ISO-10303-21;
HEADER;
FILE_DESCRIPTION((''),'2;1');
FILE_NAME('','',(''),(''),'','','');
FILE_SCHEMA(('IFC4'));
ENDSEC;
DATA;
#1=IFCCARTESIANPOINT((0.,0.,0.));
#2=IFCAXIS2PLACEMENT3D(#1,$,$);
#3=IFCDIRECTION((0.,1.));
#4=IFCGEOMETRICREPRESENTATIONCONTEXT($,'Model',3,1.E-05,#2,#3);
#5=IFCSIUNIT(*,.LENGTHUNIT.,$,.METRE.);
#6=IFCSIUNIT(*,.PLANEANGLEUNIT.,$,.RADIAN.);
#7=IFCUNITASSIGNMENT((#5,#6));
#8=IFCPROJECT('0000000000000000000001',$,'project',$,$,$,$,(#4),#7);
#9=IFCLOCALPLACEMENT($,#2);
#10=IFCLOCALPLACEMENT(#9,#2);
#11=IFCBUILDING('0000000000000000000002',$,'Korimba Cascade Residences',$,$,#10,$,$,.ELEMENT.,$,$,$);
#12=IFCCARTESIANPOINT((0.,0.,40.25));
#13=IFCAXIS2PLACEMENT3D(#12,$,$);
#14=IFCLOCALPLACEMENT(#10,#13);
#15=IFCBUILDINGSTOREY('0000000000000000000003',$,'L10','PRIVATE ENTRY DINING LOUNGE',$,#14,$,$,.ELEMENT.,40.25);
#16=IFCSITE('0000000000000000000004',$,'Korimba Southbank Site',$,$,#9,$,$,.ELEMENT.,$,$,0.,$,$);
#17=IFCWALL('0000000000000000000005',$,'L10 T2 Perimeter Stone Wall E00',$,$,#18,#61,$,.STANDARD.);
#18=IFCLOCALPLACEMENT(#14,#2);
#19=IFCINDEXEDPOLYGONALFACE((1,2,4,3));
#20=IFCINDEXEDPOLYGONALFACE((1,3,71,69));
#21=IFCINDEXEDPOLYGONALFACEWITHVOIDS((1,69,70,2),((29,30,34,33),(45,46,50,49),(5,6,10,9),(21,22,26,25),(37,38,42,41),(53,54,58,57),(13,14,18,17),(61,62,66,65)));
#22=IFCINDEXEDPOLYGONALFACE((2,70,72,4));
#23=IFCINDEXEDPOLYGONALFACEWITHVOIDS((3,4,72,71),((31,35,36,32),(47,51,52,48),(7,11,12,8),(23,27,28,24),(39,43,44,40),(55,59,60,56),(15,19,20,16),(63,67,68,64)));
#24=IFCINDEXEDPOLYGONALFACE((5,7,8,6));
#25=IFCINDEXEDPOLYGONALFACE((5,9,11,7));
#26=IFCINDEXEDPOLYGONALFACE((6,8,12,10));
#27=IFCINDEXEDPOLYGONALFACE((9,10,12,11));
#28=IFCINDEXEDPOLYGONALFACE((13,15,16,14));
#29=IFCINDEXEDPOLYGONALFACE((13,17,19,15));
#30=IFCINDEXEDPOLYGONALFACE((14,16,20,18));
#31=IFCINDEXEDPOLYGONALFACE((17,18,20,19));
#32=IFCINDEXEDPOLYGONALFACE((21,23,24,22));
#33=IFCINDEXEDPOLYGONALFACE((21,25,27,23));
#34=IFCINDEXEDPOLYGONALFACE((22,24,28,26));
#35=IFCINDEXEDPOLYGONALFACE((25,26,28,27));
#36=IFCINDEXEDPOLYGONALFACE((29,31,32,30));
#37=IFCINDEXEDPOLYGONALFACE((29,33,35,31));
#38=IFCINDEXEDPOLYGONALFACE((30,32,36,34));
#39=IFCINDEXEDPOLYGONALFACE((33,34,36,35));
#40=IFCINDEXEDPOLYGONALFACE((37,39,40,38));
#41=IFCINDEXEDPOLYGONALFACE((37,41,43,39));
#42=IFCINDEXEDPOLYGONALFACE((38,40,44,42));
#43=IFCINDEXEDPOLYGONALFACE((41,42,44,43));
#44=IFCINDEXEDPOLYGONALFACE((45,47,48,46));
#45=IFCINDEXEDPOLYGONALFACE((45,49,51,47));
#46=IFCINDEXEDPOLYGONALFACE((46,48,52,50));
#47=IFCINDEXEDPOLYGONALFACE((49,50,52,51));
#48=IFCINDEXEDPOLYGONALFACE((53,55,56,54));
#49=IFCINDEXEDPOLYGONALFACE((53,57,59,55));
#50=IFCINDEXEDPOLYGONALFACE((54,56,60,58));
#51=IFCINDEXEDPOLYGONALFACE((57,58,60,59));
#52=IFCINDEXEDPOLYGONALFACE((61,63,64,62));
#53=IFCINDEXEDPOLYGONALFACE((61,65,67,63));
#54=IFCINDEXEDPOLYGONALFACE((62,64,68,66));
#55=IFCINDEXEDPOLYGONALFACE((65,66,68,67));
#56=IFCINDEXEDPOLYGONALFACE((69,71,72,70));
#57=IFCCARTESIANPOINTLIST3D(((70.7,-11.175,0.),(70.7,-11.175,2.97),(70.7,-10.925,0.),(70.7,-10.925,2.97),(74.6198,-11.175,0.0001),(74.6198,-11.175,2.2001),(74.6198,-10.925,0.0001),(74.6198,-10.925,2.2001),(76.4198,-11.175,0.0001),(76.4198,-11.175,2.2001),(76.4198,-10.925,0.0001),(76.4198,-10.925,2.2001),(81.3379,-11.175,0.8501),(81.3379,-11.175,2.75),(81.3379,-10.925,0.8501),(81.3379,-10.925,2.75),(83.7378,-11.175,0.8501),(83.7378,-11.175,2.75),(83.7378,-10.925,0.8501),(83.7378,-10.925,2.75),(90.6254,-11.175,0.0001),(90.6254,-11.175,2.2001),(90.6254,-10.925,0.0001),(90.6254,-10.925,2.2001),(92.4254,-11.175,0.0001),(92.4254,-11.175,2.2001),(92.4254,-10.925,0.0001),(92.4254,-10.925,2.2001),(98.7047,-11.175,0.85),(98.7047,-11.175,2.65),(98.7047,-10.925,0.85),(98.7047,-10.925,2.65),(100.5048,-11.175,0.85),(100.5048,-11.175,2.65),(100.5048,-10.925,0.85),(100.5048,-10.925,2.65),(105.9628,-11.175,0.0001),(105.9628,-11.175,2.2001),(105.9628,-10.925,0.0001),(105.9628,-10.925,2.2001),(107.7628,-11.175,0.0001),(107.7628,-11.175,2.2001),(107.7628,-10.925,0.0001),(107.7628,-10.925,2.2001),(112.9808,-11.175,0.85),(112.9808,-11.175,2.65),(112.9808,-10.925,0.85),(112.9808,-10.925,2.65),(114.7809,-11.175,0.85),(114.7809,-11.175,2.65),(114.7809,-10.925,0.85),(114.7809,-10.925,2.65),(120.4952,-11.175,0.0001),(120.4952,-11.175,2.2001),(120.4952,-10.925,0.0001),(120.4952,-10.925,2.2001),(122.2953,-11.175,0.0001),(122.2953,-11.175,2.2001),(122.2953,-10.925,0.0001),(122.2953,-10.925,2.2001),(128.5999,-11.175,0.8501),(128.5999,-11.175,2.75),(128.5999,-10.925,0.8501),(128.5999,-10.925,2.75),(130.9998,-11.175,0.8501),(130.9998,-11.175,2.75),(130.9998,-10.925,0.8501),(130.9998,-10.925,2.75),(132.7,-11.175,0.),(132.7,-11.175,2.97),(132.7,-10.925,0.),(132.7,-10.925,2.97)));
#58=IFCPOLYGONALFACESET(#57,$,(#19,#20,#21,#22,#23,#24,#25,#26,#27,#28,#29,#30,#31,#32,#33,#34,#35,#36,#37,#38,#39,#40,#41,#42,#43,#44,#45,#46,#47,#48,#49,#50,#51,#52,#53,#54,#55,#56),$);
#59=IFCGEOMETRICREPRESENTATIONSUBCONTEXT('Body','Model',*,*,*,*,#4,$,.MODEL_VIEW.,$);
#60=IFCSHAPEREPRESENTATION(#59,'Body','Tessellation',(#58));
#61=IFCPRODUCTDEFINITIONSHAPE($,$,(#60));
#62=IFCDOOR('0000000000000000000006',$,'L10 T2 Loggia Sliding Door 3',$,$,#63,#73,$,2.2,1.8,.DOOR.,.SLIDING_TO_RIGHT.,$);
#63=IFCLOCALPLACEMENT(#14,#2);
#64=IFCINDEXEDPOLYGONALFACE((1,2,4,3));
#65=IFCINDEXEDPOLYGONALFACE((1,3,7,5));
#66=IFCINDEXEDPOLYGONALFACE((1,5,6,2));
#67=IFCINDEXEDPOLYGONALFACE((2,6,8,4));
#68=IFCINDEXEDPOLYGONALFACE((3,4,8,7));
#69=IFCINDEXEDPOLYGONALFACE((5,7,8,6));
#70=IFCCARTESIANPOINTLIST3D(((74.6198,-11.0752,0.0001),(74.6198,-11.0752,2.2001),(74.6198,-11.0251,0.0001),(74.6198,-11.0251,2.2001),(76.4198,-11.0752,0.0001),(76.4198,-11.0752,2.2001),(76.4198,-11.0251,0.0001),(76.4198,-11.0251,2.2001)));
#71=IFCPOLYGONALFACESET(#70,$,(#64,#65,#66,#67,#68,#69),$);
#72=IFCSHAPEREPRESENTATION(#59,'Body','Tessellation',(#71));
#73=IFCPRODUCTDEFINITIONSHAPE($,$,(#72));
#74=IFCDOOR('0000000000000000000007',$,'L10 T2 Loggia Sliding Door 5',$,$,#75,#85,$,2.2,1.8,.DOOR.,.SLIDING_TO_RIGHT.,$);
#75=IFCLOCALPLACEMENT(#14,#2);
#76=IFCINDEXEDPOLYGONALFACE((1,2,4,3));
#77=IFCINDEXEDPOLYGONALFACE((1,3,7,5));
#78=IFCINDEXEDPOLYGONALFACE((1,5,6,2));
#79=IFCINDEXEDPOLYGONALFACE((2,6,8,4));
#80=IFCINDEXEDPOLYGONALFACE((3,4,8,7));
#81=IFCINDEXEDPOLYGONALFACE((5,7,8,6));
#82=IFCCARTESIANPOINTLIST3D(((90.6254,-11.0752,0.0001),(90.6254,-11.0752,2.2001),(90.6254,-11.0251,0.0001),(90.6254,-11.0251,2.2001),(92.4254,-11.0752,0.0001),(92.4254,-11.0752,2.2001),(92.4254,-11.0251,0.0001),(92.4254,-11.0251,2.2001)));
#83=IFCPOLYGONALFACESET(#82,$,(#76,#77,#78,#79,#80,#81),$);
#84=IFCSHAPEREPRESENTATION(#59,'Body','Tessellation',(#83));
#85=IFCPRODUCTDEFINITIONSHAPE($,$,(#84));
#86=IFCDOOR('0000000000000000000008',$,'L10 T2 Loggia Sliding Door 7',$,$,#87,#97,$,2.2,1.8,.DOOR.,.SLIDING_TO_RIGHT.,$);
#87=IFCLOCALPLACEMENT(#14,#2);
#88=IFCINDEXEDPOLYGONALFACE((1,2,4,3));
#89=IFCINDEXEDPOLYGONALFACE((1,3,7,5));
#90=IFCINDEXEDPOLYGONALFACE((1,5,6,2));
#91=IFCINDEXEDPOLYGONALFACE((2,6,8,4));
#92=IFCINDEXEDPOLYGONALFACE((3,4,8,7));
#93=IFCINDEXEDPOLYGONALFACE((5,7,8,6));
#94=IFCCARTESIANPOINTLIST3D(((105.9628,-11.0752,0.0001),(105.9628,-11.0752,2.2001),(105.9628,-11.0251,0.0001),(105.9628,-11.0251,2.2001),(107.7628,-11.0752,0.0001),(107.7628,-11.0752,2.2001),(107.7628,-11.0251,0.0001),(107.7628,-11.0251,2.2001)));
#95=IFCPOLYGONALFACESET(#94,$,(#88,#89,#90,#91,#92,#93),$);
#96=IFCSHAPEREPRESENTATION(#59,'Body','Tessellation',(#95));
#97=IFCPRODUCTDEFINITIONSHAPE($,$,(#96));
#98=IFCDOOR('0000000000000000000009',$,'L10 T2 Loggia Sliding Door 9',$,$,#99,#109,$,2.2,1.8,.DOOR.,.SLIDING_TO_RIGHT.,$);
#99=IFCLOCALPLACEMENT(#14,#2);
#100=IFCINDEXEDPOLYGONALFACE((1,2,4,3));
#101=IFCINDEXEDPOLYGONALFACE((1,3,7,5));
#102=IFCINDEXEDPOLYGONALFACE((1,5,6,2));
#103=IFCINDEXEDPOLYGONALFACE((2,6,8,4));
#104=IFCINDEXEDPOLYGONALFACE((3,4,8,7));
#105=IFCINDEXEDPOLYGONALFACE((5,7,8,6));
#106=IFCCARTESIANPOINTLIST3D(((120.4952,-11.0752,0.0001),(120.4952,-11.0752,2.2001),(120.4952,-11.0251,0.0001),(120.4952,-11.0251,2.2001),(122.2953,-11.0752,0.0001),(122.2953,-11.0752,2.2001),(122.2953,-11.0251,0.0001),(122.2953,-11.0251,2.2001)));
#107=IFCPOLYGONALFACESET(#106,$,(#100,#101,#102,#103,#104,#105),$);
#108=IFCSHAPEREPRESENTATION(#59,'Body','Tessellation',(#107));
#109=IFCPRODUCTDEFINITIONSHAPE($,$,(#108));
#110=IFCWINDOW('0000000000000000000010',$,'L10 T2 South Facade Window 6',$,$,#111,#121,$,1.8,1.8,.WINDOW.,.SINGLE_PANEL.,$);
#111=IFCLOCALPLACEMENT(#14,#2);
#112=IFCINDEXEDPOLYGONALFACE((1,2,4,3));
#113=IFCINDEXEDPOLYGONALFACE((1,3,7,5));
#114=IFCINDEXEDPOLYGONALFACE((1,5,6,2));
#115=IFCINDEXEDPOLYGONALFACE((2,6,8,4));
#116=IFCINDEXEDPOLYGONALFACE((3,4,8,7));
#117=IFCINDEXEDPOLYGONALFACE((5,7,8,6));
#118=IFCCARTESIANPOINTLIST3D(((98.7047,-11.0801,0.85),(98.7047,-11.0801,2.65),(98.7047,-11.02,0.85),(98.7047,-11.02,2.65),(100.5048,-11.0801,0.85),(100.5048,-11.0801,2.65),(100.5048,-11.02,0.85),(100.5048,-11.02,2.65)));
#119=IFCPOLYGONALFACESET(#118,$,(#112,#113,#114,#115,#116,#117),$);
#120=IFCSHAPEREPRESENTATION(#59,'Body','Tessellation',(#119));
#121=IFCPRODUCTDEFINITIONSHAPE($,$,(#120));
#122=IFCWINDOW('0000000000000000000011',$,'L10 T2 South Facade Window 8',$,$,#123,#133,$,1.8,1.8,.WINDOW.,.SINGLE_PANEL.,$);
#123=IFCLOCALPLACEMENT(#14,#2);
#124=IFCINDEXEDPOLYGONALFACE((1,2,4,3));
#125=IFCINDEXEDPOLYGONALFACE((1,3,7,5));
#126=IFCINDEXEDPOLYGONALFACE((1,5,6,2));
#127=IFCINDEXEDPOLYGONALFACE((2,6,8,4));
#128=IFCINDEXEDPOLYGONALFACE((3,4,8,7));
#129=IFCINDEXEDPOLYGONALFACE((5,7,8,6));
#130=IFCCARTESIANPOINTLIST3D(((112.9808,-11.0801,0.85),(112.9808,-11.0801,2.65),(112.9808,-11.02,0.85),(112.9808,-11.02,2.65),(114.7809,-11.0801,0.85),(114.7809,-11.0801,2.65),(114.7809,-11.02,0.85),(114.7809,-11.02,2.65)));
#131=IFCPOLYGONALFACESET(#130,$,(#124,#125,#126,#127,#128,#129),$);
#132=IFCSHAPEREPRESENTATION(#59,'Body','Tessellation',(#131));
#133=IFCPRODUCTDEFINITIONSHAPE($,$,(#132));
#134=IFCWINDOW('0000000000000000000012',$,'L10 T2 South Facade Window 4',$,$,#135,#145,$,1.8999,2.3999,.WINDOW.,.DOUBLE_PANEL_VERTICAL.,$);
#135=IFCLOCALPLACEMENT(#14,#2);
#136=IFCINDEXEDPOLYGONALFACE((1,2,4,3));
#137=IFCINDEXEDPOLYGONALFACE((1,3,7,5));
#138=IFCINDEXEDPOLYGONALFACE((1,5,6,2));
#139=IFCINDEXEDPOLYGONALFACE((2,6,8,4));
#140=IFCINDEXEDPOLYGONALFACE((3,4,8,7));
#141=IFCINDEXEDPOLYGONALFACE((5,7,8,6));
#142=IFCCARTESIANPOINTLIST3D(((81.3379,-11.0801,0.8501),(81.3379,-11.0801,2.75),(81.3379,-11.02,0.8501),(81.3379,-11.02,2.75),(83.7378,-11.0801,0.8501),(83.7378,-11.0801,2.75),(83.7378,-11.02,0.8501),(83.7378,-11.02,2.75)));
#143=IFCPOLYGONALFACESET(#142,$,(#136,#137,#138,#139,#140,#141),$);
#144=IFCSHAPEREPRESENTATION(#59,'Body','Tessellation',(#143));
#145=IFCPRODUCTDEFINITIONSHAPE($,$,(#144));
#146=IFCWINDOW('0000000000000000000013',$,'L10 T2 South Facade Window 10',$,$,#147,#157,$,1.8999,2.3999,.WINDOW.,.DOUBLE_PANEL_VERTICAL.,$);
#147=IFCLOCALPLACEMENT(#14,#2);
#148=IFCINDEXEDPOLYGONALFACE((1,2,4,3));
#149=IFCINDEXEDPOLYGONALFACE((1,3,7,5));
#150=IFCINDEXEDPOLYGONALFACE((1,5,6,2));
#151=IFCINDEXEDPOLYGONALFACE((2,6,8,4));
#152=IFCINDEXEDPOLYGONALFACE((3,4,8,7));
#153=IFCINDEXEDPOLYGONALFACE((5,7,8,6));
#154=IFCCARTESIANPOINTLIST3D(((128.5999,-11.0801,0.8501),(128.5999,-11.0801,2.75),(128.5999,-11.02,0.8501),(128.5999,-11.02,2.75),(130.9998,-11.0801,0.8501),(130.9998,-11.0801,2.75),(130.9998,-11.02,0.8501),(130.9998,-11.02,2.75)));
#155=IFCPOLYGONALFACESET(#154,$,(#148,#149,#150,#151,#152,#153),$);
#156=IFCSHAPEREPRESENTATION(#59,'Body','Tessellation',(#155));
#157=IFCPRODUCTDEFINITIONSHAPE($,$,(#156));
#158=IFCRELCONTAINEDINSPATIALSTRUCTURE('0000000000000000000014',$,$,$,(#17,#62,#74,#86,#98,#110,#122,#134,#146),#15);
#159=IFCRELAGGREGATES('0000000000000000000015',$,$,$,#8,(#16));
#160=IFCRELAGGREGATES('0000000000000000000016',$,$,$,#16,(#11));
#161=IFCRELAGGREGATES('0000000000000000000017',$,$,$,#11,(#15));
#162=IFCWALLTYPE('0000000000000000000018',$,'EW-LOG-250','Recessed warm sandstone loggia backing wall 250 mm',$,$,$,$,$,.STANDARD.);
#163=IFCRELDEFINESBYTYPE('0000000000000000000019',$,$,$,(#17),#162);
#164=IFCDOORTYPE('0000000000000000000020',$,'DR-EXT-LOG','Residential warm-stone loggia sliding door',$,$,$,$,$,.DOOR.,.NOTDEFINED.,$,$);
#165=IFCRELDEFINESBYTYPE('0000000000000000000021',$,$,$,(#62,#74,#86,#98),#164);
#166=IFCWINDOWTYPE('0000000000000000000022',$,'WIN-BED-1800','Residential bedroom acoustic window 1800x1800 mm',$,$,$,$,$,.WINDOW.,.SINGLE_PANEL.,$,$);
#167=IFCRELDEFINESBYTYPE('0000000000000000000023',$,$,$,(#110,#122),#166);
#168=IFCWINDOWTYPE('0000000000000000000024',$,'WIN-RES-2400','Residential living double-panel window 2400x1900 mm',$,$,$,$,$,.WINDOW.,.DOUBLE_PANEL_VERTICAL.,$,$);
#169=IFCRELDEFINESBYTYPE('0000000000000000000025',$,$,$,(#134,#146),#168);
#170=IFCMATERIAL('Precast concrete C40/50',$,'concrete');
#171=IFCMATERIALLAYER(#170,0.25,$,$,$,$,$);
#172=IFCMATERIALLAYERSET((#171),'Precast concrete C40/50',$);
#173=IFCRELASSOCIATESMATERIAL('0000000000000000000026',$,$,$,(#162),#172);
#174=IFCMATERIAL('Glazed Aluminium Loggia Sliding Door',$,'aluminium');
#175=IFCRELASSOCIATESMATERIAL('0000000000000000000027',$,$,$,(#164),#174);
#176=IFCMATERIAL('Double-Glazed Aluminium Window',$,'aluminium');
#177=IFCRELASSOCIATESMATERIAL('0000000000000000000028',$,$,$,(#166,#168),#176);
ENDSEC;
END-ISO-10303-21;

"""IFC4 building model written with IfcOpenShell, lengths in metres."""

from ifc_helpers import new_model, si_unit, direction, frame, frame_2d, origin, place, context, subcontext, project, spatial, rectangle, extrude, material, layer, layer_set, type_object, element, fill, save


model = new_model("IFC4")

# Units and contexts
model_context = context("Model", 3, precision=1e-05, world=origin(), true_north=direction((0.0, 1.0)))
body_context = subcontext(model_context, "Body", "Model", "MODEL_VIEW")
ifc_project = project(units=[si_unit("LENGTHUNIT", "METRE"), si_unit("PLANEANGLEUNIT", "RADIAN")], contexts=[model_context])

# Site, building, storey
site_placement = place(None, origin())
site = spatial("IfcSite", under=ifc_project, at=site_placement, Name="Korimba Southbank Site", CompositionType="ELEMENT", RefElevation=0.0)
building_placement = place(site_placement, origin())
building = spatial("IfcBuilding", under=site, at=building_placement, Name="Korimba Cascade Residences", CompositionType="ELEMENT")
storey_placement = place(building_placement, frame((0.0, 0.0, 40.25)))
storey = spatial("IfcBuildingStorey", under=building, at=storey_placement, Name="L10", Description="PRIVATE ENTRY DINING LOUNGE", CompositionType="ELEMENT", Elevation=40.25)

# Wall, openings, doors, windows
ifc_material_1 = material(Name="Precast concrete C40/50", Category="concrete")
ifc_layer_1 = layer(ifc_material_1, 0.25)
ifc_layer_set_1 = layer_set([ifc_layer_1], Name="Precast concrete C40/50")
wall_type_1 = type_object("IfcWallType", Name="EW-LOG-250", Description="Recessed warm sandstone loggia backing wall 250 mm", PredefinedType="STANDARD", material=ifc_layer_set_1)
wall_1_placement = place(storey_placement, frame((70.7, -11.05, 0.0), z_axis=(0.0, 0.0, 1.0), x_axis=(1.0, 0.0, 0.0)))
wall_1 = element("IfcWall", 1, at=wall_1_placement, inside=storey, type_object=wall_type_1, Name="L10 T2 Perimeter Stone Wall E00", PredefinedType="STANDARD", context=body_context, shape_type="SweptSolid", body=[
    extrude(rectangle(XDim=62.0, YDim=0.25, at=frame_2d((31.0, 0.0))), origin(), (0.0, 0.0, 1.0), 2.97),
])
opening_1_placement = place(wall_1_placement, frame((3.9199, 0.0, 0.0)))
opening_1 = element("IfcOpeningElement", 2, at=opening_1_placement, cuts=wall_1, PredefinedType="OPENING", context=body_context, shape_type="SweptSolid", body=[
    extrude(rectangle(XDim=1.8, YDim=2.2, at=frame_2d((0.8999, 1.1001))), frame((0.0, 0.135, 0.0), z_axis=(0.0, -1.0, 0.0), x_axis=(1.0, 0.0, 0.0)), (0.0, 0.0, 1.0), 0.27),
])
opening_2_placement = place(wall_1_placement, frame((10.6379, 0.0, 0.8501)))
opening_2 = element("IfcOpeningElement", 3, at=opening_2_placement, cuts=wall_1, PredefinedType="OPENING", context=body_context, shape_type="SweptSolid", body=[
    extrude(rectangle(XDim=2.3999, YDim=1.8999, at=frame_2d((1.2, 0.95))), frame((0.0, 0.135, 0.0), z_axis=(0.0, -1.0, 0.0), x_axis=(1.0, 0.0, 0.0)), (0.0, 0.0, 1.0), 0.27),
])
opening_3_placement = place(wall_1_placement, frame((19.9255, 0.0, 0.0)))
opening_3 = element("IfcOpeningElement", 4, at=opening_3_placement, cuts=wall_1, PredefinedType="OPENING", context=body_context, shape_type="SweptSolid", body=[
    extrude(rectangle(XDim=1.8, YDim=2.2, at=frame_2d((0.8999, 1.1001))), frame((0.0, 0.135, 0.0), z_axis=(0.0, -1.0, 0.0), x_axis=(1.0, 0.0, 0.0)), (0.0, 0.0, 1.0), 0.27),
])
opening_4_placement = place(wall_1_placement, frame((28.0049, 0.0, 0.8501)))
opening_4 = element("IfcOpeningElement", 5, at=opening_4_placement, cuts=wall_1, PredefinedType="OPENING", context=body_context, shape_type="SweptSolid", body=[
    extrude(rectangle(XDim=1.8, YDim=1.8, at=frame_2d((0.8999, 0.8999))), frame((0.0, 0.135, 0.0), z_axis=(0.0, -1.0, 0.0), x_axis=(1.0, 0.0, 0.0)), (0.0, 0.0, 1.0), 0.27),
])
opening_5_placement = place(wall_1_placement, frame((35.2629, 0.0, 0.0)))
opening_5 = element("IfcOpeningElement", 6, at=opening_5_placement, cuts=wall_1, PredefinedType="OPENING", context=body_context, shape_type="SweptSolid", body=[
    extrude(rectangle(XDim=1.8, YDim=2.2, at=frame_2d((0.8999, 1.1001))), frame((0.0, 0.135, 0.0), z_axis=(0.0, -1.0, 0.0), x_axis=(1.0, 0.0, 0.0)), (0.0, 0.0, 1.0), 0.27),
])
opening_6_placement = place(wall_1_placement, frame((42.281, 0.0, 0.8501)))
opening_6 = element("IfcOpeningElement", 7, at=opening_6_placement, cuts=wall_1, PredefinedType="OPENING", context=body_context, shape_type="SweptSolid", body=[
    extrude(rectangle(XDim=1.8, YDim=1.8, at=frame_2d((0.8999, 0.8999))), frame((0.0, 0.135, 0.0), z_axis=(0.0, -1.0, 0.0), x_axis=(1.0, 0.0, 0.0)), (0.0, 0.0, 1.0), 0.27),
])
opening_7_placement = place(wall_1_placement, frame((49.7954, 0.0, 0.0)))
opening_7 = element("IfcOpeningElement", 8, at=opening_7_placement, cuts=wall_1, PredefinedType="OPENING", context=body_context, shape_type="SweptSolid", body=[
    extrude(rectangle(XDim=1.8, YDim=2.2, at=frame_2d((0.8999, 1.1001))), frame((0.0, 0.135, 0.0), z_axis=(0.0, -1.0, 0.0), x_axis=(1.0, 0.0, 0.0)), (0.0, 0.0, 1.0), 0.27),
])
opening_8_placement = place(wall_1_placement, frame((57.8999, 0.0, 0.8501)))
opening_8 = element("IfcOpeningElement", 9, at=opening_8_placement, cuts=wall_1, PredefinedType="OPENING", context=body_context, shape_type="SweptSolid", body=[
    extrude(rectangle(XDim=2.3999, YDim=1.8999, at=frame_2d((1.2, 0.95))), frame((0.0, 0.135, 0.0), z_axis=(0.0, -1.0, 0.0), x_axis=(1.0, 0.0, 0.0)), (0.0, 0.0, 1.0), 0.27),
])
ifc_material_2 = material(Name="Glazed Aluminium Loggia Sliding Door", Category="aluminium")
door_type_1 = type_object("IfcDoorType", Name="DR-EXT-LOG", Description="Residential warm-stone loggia sliding door", OperationType="NOTDEFINED", PredefinedType="DOOR", material=ifc_material_2)
door_1_placement = place(opening_1_placement, origin())
door_1 = element("IfcDoor", 10, at=door_1_placement, inside=storey, type_object=door_type_1, Name="L10 T2 Loggia Sliding Door 3", OperationType="SLIDING_TO_RIGHT", OverallHeight=2.2, OverallWidth=1.8, PredefinedType="DOOR", context=body_context, shape_type="SweptSolid", body=[
    extrude(rectangle(XDim=1.8, YDim=2.2, at=frame_2d((0.8999, 1.1001))), frame((0.0, 0.0249, 0.0), z_axis=(0.0, -1.0, 0.0), x_axis=(1.0, 0.0, 0.0)), (0.0, 0.0, 1.0), 0.05),
])
fill(opening_1, door_1)
door_2_placement = place(opening_3_placement, origin())
door_2 = element("IfcDoor", 11, at=door_2_placement, inside=storey, type_object=door_type_1, Name="L10 T2 Loggia Sliding Door 5", OperationType="SLIDING_TO_RIGHT", OverallHeight=2.2, OverallWidth=1.8, PredefinedType="DOOR", context=body_context, shape_type="SweptSolid", body=[
    extrude(rectangle(XDim=1.8, YDim=2.2, at=frame_2d((0.8999, 1.1001))), frame((0.0, 0.0249, 0.0), z_axis=(0.0, -1.0, 0.0), x_axis=(1.0, 0.0, 0.0)), (0.0, 0.0, 1.0), 0.05),
])
fill(opening_3, door_2)
door_3_placement = place(opening_5_placement, origin())
door_3 = element("IfcDoor", 12, at=door_3_placement, inside=storey, type_object=door_type_1, Name="L10 T2 Loggia Sliding Door 7", OperationType="SLIDING_TO_RIGHT", OverallHeight=2.2, OverallWidth=1.8, PredefinedType="DOOR", context=body_context, shape_type="SweptSolid", body=[
    extrude(rectangle(XDim=1.8, YDim=2.2, at=frame_2d((0.8999, 1.1001))), frame((0.0, 0.0249, 0.0), z_axis=(0.0, -1.0, 0.0), x_axis=(1.0, 0.0, 0.0)), (0.0, 0.0, 1.0), 0.05),
])
fill(opening_5, door_3)
door_4_placement = place(opening_7_placement, origin())
door_4 = element("IfcDoor", 13, at=door_4_placement, inside=storey, type_object=door_type_1, Name="L10 T2 Loggia Sliding Door 9", OperationType="SLIDING_TO_RIGHT", OverallHeight=2.2, OverallWidth=1.8, PredefinedType="DOOR", context=body_context, shape_type="SweptSolid", body=[
    extrude(rectangle(XDim=1.8, YDim=2.2, at=frame_2d((0.8999, 1.1001))), frame((0.0, 0.0249, 0.0), z_axis=(0.0, -1.0, 0.0), x_axis=(1.0, 0.0, 0.0)), (0.0, 0.0, 1.0), 0.05),
])
fill(opening_7, door_4)
ifc_material_3 = material(Name="Double-Glazed Aluminium Window", Category="aluminium")
window_type_1 = type_object("IfcWindowType", Name="WIN-BED-1800", Description="Residential bedroom acoustic window 1800x1800 mm", PartitioningType="SINGLE_PANEL", PredefinedType="WINDOW", material=ifc_material_3)
window_1_placement = place(opening_4_placement, origin())
window_1 = element("IfcWindow", 14, at=window_1_placement, inside=storey, type_object=window_type_1, Name="L10 T2 South Facade Window 6", OverallHeight=1.8, OverallWidth=1.8, PartitioningType="SINGLE_PANEL", PredefinedType="WINDOW", context=body_context, shape_type="SweptSolid", body=[
    extrude(rectangle(XDim=1.8, YDim=1.8, at=frame_2d((0.8999, 0.8999))), frame((0.0, 0.03, 0.0), z_axis=(0.0, -1.0, 0.0), x_axis=(1.0, 0.0, 0.0)), (0.0, 0.0, 1.0), 0.0601),
])
fill(opening_4, window_1)
window_2_placement = place(opening_6_placement, origin())
window_2 = element("IfcWindow", 15, at=window_2_placement, inside=storey, type_object=window_type_1, Name="L10 T2 South Facade Window 8", OverallHeight=1.8, OverallWidth=1.8, PartitioningType="SINGLE_PANEL", PredefinedType="WINDOW", context=body_context, shape_type="SweptSolid", body=[
    extrude(rectangle(XDim=1.8, YDim=1.8, at=frame_2d((0.8999, 0.8999))), frame((0.0, 0.03, 0.0), z_axis=(0.0, -1.0, 0.0), x_axis=(1.0, 0.0, 0.0)), (0.0, 0.0, 1.0), 0.0601),
])
fill(opening_6, window_2)
window_type_2 = type_object("IfcWindowType", Name="WIN-RES-2400", Description="Residential living double-panel window 2400x1900 mm", PartitioningType="DOUBLE_PANEL_VERTICAL", PredefinedType="WINDOW", material=ifc_material_3)
window_3_placement = place(opening_2_placement, origin())
window_3 = element("IfcWindow", 16, at=window_3_placement, inside=storey, type_object=window_type_2, Name="L10 T2 South Facade Window 4", OverallHeight=1.8999, OverallWidth=2.3999, PartitioningType="DOUBLE_PANEL_VERTICAL", PredefinedType="WINDOW", context=body_context, shape_type="SweptSolid", body=[
    extrude(rectangle(XDim=2.3999, YDim=1.8999, at=frame_2d((1.2, 0.95))), frame((0.0, 0.03, 0.0), z_axis=(0.0, -1.0, 0.0), x_axis=(1.0, 0.0, 0.0)), (0.0, 0.0, 1.0), 0.0601),
])
fill(opening_2, window_3)
window_4_placement = place(opening_8_placement, origin())
window_4 = element("IfcWindow", 17, at=window_4_placement, inside=storey, type_object=window_type_2, Name="L10 T2 South Facade Window 10", OverallHeight=1.8999, OverallWidth=2.3999, PartitioningType="DOUBLE_PANEL_VERTICAL", PredefinedType="WINDOW", context=body_context, shape_type="SweptSolid", body=[
    extrude(rectangle(XDim=2.3999, YDim=1.8999, at=frame_2d((1.2, 0.95))), frame((0.0, 0.03, 0.0), z_axis=(0.0, -1.0, 0.0), x_axis=(1.0, 0.0, 0.0)), (0.0, 0.0, 1.0), 0.0601),
])
fill(opening_8, window_4)

save(model, "model.ifc")
